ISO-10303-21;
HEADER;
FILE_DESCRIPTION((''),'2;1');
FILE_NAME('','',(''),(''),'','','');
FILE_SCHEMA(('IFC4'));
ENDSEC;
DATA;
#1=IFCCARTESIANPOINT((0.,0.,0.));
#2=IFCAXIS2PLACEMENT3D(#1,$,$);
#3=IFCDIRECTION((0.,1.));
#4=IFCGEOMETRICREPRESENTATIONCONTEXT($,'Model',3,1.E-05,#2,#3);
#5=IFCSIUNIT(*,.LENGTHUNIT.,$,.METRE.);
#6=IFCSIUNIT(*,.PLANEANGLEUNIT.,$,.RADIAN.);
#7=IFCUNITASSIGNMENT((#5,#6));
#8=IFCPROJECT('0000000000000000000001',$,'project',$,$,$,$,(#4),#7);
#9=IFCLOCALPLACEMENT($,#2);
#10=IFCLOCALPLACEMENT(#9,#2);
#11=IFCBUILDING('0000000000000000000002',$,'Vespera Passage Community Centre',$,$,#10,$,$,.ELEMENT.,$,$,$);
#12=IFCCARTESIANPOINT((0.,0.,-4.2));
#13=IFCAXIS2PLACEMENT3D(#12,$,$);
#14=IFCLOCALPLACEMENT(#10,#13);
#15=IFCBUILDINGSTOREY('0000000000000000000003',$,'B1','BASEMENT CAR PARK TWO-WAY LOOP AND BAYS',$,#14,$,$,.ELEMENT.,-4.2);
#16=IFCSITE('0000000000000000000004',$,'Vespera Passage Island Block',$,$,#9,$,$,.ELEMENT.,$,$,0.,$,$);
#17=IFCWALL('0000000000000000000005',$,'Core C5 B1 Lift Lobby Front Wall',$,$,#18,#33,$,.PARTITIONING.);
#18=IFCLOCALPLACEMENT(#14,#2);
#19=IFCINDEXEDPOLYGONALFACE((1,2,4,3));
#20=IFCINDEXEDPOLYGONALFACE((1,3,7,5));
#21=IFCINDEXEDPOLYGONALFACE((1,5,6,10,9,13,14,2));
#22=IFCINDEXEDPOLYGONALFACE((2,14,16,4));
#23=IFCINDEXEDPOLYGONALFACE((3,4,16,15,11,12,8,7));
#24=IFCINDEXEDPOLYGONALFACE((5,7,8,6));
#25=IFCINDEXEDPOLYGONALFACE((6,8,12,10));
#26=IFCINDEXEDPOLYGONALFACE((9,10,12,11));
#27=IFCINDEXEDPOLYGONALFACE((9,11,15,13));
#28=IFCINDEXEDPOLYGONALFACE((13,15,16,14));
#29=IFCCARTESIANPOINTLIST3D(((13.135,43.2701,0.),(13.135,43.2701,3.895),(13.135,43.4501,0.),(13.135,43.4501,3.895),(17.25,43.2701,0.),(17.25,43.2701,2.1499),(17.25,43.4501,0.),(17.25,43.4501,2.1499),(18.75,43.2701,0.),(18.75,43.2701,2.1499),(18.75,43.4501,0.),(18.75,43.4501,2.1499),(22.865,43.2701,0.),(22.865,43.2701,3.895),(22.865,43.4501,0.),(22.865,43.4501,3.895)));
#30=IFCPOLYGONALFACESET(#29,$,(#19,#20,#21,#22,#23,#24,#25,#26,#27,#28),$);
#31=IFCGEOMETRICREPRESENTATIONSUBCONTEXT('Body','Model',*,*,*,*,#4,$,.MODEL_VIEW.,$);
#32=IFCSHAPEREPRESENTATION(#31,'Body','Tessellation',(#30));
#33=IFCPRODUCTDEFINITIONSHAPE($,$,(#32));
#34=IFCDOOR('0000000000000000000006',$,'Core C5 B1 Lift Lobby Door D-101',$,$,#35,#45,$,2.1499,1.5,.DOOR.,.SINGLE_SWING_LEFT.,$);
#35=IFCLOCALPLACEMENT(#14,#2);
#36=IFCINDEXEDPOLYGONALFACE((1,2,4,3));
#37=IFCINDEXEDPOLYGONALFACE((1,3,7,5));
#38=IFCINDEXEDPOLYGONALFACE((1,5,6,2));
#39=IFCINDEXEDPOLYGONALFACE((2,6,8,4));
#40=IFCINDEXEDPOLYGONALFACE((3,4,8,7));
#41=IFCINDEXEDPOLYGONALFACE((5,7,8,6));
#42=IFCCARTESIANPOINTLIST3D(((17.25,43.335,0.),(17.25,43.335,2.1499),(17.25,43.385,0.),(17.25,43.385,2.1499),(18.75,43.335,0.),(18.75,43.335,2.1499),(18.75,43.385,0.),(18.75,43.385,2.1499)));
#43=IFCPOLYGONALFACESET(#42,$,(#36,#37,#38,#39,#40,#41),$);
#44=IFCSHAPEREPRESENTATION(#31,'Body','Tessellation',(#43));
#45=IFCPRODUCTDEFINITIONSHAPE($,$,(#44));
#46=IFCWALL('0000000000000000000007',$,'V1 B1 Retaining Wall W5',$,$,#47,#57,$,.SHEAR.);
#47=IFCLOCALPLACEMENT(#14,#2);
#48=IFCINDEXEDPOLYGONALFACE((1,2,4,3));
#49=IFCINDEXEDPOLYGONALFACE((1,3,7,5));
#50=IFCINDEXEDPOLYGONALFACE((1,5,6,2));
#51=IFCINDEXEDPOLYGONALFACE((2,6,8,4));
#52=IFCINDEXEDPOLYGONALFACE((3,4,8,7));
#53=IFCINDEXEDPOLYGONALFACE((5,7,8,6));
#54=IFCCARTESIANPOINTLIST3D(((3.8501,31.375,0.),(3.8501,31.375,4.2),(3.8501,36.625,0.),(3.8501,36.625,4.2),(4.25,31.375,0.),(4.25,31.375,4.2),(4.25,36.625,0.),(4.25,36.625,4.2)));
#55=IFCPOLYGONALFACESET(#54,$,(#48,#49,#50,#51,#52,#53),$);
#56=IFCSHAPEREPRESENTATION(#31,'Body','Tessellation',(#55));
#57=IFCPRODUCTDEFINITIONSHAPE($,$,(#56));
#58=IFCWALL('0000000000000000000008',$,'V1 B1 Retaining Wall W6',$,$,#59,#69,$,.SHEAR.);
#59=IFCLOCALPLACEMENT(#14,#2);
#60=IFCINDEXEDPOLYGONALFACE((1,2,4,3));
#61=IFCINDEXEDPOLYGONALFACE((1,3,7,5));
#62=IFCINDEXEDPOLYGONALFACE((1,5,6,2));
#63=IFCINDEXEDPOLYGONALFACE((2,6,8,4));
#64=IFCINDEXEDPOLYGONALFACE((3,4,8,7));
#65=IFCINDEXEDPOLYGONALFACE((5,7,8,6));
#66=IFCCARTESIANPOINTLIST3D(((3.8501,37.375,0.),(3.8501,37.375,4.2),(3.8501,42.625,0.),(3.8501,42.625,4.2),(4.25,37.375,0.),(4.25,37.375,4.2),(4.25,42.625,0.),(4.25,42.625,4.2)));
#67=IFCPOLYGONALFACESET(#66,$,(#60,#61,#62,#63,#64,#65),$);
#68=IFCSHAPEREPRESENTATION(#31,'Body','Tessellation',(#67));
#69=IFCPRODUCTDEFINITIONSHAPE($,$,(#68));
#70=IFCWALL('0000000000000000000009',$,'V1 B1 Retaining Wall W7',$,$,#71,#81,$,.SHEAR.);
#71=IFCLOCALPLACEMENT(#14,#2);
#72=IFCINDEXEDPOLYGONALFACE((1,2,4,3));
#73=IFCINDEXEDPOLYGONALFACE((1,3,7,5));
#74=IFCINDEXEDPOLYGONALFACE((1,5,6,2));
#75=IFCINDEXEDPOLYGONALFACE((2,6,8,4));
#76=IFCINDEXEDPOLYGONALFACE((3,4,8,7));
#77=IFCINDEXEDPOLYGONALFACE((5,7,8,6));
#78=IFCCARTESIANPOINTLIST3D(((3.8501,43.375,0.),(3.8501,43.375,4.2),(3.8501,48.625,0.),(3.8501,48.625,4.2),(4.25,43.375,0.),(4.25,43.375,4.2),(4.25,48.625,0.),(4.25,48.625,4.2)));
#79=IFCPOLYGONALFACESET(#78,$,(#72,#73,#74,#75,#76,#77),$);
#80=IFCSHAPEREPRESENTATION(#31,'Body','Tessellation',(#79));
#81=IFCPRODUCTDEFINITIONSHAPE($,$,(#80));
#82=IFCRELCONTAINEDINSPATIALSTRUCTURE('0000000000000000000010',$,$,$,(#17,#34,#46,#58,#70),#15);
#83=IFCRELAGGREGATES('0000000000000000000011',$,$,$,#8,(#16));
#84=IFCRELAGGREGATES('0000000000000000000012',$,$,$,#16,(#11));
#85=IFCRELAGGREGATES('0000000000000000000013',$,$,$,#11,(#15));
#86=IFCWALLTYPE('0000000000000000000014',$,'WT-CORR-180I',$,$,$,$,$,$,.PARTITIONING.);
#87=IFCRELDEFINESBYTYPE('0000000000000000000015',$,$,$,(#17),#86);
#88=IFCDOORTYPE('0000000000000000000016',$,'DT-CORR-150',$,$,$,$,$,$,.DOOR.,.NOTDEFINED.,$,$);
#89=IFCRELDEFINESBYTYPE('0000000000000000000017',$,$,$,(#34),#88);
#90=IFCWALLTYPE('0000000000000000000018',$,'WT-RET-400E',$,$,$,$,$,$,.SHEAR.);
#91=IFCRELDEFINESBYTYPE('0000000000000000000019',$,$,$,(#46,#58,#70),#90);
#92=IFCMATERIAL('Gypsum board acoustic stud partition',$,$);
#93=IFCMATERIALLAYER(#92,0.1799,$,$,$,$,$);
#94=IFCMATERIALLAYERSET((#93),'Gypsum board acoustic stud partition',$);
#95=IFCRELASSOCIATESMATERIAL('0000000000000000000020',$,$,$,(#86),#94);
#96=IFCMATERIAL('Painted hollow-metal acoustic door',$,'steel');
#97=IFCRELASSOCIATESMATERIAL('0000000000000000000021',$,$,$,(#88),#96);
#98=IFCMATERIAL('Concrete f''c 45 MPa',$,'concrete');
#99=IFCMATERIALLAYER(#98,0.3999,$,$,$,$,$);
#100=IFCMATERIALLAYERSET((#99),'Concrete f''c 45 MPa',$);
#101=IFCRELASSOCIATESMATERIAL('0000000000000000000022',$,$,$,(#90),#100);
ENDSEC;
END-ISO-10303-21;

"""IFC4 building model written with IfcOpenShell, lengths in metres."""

from ifc_helpers import new_model, si_unit, direction, frame, frame_2d, origin, place, context, subcontext, project, spatial, rectangle, extrude, material, layer, layer_set, type_object, element, fill, save


model = new_model("IFC4")

# Units and contexts
model_context = context("Model", 3, precision=1e-05, world=origin(), true_north=direction((0.0, 1.0)))
body_context = subcontext(model_context, "Body", "Model", "MODEL_VIEW")
ifc_project = project(units=[si_unit("LENGTHUNIT", "METRE"), si_unit("PLANEANGLEUNIT", "RADIAN")], contexts=[model_context])

# Site, building, storey
site_placement = place(None, origin())
site = spatial("IfcSite", under=ifc_project, at=site_placement, Name="Vespera Passage Island Block", CompositionType="ELEMENT", RefElevation=0.0)
building_placement = place(site_placement, origin())
building = spatial("IfcBuilding", under=site, at=building_placement, Name="Vespera Passage Community Centre", CompositionType="ELEMENT")
storey_placement = place(building_placement, frame((0.0, 0.0, -4.2)))
storey = spatial("IfcBuildingStorey", under=building, at=storey_placement, Name="B1", Description="BASEMENT CAR PARK TWO-WAY LOOP AND BAYS", CompositionType="ELEMENT", Elevation=-4.2)

# Wall, opening, door
ifc_material_1 = material(Name="Gypsum board acoustic stud partition")
ifc_layer_1 = layer(ifc_material_1, 0.1799)
ifc_layer_set_1 = layer_set([ifc_layer_1], Name="Gypsum board acoustic stud partition")
wall_type_1 = type_object("IfcWallType", Name="WT-CORR-180I", PredefinedType="PARTITIONING", material=ifc_layer_set_1)
wall_placement = place(storey_placement, frame((13.135, 43.3601, 0.0), z_axis=(0.0, 0.0, 1.0), x_axis=(1.0, 0.0, 0.0)))
wall = element("IfcWall", 1, at=wall_placement, inside=storey, type_object=wall_type_1, Name="Core C5 B1 Lift Lobby Front Wall", PredefinedType="PARTITIONING", context=body_context, shape_type="SweptSolid", body=[
    extrude(rectangle(XDim=9.73, YDim=0.1799, at=frame_2d((4.865, 0.0))), origin(), (0.0, 0.0, 1.0), 3.895),
])
opening_placement = place(wall_placement, frame((4.115, 0.0, 0.0)))
opening = element("IfcOpeningElement", 2, at=opening_placement, cuts=wall, PredefinedType="OPENING", context=body_context, shape_type="SweptSolid", body=[
    extrude(rectangle(XDim=1.5, YDim=2.1499, at=frame_2d((0.75, 1.075))), frame((0.0, 0.0999, 0.0), z_axis=(0.0, -1.0, 0.0), x_axis=(1.0, 0.0, 0.0)), (0.0, 0.0, 1.0), 0.2),
])
ifc_material_2 = material(Name="Painted hollow-metal acoustic door", Category="steel")
door_type = type_object("IfcDoorType", Name="DT-CORR-150", OperationType="NOTDEFINED", PredefinedType="DOOR", material=ifc_material_2)
door_placement = place(opening_placement, origin())
door = element("IfcDoor", 3, at=door_placement, inside=storey, type_object=door_type, Name="Core C5 B1 Lift Lobby Door D-101", OperationType="SINGLE_SWING_LEFT", OverallHeight=2.1499, OverallWidth=1.5, PredefinedType="DOOR", context=body_context, shape_type="SweptSolid", body=[
    extrude(rectangle(XDim=1.5, YDim=2.1499, at=frame_2d((0.75, 1.075))), frame((0.0, 0.0249, 0.0), z_axis=(0.0, -1.0, 0.0), x_axis=(1.0, 0.0, 0.0)), (0.0, 0.0, 1.0), 0.05),
])
fill(opening, door)

# Walls
ifc_material_3 = material(Name="Concrete f'c 45 MPa", Category="concrete")
ifc_layer_2 = layer(ifc_material_3, 0.3999)
ifc_layer_set_2 = layer_set([ifc_layer_2], Name="Concrete f'c 45 MPa")
wall_type_2 = type_object("IfcWallType", Name="WT-RET-400E", PredefinedType="SHEAR", material=ifc_layer_set_2)
for number, where, z_axis, x_axis, name in (
    (4, (4.05, 31.375, 0.0), (0.0, 0.0, 1.0), (0.0, 1.0, 0.0), "V1 B1 Retaining Wall W5"),
    (5, (4.05, 37.375, 0.0), (0.0, 0.0, 1.0), (0.0, 1.0, 0.0), "V1 B1 Retaining Wall W6"),
    (6, (4.05, 43.375, 0.0), (0.0, 0.0, 1.0), (0.0, 1.0, 0.0), "V1 B1 Retaining Wall W7"),
):
    element("IfcWall", number, at=place(storey_placement, frame(where, z_axis=z_axis, x_axis=x_axis)), inside=storey, type_object=wall_type_2, Name=name, PredefinedType="SHEAR", context=body_context, shape_type="SweptSolid", body=[
        extrude(rectangle(XDim=5.25, YDim=0.3999, at=frame_2d((2.625, 0.0))), origin(), (0.0, 0.0, 1.0), 4.2),
    ])

save(model, "model.ifc")
